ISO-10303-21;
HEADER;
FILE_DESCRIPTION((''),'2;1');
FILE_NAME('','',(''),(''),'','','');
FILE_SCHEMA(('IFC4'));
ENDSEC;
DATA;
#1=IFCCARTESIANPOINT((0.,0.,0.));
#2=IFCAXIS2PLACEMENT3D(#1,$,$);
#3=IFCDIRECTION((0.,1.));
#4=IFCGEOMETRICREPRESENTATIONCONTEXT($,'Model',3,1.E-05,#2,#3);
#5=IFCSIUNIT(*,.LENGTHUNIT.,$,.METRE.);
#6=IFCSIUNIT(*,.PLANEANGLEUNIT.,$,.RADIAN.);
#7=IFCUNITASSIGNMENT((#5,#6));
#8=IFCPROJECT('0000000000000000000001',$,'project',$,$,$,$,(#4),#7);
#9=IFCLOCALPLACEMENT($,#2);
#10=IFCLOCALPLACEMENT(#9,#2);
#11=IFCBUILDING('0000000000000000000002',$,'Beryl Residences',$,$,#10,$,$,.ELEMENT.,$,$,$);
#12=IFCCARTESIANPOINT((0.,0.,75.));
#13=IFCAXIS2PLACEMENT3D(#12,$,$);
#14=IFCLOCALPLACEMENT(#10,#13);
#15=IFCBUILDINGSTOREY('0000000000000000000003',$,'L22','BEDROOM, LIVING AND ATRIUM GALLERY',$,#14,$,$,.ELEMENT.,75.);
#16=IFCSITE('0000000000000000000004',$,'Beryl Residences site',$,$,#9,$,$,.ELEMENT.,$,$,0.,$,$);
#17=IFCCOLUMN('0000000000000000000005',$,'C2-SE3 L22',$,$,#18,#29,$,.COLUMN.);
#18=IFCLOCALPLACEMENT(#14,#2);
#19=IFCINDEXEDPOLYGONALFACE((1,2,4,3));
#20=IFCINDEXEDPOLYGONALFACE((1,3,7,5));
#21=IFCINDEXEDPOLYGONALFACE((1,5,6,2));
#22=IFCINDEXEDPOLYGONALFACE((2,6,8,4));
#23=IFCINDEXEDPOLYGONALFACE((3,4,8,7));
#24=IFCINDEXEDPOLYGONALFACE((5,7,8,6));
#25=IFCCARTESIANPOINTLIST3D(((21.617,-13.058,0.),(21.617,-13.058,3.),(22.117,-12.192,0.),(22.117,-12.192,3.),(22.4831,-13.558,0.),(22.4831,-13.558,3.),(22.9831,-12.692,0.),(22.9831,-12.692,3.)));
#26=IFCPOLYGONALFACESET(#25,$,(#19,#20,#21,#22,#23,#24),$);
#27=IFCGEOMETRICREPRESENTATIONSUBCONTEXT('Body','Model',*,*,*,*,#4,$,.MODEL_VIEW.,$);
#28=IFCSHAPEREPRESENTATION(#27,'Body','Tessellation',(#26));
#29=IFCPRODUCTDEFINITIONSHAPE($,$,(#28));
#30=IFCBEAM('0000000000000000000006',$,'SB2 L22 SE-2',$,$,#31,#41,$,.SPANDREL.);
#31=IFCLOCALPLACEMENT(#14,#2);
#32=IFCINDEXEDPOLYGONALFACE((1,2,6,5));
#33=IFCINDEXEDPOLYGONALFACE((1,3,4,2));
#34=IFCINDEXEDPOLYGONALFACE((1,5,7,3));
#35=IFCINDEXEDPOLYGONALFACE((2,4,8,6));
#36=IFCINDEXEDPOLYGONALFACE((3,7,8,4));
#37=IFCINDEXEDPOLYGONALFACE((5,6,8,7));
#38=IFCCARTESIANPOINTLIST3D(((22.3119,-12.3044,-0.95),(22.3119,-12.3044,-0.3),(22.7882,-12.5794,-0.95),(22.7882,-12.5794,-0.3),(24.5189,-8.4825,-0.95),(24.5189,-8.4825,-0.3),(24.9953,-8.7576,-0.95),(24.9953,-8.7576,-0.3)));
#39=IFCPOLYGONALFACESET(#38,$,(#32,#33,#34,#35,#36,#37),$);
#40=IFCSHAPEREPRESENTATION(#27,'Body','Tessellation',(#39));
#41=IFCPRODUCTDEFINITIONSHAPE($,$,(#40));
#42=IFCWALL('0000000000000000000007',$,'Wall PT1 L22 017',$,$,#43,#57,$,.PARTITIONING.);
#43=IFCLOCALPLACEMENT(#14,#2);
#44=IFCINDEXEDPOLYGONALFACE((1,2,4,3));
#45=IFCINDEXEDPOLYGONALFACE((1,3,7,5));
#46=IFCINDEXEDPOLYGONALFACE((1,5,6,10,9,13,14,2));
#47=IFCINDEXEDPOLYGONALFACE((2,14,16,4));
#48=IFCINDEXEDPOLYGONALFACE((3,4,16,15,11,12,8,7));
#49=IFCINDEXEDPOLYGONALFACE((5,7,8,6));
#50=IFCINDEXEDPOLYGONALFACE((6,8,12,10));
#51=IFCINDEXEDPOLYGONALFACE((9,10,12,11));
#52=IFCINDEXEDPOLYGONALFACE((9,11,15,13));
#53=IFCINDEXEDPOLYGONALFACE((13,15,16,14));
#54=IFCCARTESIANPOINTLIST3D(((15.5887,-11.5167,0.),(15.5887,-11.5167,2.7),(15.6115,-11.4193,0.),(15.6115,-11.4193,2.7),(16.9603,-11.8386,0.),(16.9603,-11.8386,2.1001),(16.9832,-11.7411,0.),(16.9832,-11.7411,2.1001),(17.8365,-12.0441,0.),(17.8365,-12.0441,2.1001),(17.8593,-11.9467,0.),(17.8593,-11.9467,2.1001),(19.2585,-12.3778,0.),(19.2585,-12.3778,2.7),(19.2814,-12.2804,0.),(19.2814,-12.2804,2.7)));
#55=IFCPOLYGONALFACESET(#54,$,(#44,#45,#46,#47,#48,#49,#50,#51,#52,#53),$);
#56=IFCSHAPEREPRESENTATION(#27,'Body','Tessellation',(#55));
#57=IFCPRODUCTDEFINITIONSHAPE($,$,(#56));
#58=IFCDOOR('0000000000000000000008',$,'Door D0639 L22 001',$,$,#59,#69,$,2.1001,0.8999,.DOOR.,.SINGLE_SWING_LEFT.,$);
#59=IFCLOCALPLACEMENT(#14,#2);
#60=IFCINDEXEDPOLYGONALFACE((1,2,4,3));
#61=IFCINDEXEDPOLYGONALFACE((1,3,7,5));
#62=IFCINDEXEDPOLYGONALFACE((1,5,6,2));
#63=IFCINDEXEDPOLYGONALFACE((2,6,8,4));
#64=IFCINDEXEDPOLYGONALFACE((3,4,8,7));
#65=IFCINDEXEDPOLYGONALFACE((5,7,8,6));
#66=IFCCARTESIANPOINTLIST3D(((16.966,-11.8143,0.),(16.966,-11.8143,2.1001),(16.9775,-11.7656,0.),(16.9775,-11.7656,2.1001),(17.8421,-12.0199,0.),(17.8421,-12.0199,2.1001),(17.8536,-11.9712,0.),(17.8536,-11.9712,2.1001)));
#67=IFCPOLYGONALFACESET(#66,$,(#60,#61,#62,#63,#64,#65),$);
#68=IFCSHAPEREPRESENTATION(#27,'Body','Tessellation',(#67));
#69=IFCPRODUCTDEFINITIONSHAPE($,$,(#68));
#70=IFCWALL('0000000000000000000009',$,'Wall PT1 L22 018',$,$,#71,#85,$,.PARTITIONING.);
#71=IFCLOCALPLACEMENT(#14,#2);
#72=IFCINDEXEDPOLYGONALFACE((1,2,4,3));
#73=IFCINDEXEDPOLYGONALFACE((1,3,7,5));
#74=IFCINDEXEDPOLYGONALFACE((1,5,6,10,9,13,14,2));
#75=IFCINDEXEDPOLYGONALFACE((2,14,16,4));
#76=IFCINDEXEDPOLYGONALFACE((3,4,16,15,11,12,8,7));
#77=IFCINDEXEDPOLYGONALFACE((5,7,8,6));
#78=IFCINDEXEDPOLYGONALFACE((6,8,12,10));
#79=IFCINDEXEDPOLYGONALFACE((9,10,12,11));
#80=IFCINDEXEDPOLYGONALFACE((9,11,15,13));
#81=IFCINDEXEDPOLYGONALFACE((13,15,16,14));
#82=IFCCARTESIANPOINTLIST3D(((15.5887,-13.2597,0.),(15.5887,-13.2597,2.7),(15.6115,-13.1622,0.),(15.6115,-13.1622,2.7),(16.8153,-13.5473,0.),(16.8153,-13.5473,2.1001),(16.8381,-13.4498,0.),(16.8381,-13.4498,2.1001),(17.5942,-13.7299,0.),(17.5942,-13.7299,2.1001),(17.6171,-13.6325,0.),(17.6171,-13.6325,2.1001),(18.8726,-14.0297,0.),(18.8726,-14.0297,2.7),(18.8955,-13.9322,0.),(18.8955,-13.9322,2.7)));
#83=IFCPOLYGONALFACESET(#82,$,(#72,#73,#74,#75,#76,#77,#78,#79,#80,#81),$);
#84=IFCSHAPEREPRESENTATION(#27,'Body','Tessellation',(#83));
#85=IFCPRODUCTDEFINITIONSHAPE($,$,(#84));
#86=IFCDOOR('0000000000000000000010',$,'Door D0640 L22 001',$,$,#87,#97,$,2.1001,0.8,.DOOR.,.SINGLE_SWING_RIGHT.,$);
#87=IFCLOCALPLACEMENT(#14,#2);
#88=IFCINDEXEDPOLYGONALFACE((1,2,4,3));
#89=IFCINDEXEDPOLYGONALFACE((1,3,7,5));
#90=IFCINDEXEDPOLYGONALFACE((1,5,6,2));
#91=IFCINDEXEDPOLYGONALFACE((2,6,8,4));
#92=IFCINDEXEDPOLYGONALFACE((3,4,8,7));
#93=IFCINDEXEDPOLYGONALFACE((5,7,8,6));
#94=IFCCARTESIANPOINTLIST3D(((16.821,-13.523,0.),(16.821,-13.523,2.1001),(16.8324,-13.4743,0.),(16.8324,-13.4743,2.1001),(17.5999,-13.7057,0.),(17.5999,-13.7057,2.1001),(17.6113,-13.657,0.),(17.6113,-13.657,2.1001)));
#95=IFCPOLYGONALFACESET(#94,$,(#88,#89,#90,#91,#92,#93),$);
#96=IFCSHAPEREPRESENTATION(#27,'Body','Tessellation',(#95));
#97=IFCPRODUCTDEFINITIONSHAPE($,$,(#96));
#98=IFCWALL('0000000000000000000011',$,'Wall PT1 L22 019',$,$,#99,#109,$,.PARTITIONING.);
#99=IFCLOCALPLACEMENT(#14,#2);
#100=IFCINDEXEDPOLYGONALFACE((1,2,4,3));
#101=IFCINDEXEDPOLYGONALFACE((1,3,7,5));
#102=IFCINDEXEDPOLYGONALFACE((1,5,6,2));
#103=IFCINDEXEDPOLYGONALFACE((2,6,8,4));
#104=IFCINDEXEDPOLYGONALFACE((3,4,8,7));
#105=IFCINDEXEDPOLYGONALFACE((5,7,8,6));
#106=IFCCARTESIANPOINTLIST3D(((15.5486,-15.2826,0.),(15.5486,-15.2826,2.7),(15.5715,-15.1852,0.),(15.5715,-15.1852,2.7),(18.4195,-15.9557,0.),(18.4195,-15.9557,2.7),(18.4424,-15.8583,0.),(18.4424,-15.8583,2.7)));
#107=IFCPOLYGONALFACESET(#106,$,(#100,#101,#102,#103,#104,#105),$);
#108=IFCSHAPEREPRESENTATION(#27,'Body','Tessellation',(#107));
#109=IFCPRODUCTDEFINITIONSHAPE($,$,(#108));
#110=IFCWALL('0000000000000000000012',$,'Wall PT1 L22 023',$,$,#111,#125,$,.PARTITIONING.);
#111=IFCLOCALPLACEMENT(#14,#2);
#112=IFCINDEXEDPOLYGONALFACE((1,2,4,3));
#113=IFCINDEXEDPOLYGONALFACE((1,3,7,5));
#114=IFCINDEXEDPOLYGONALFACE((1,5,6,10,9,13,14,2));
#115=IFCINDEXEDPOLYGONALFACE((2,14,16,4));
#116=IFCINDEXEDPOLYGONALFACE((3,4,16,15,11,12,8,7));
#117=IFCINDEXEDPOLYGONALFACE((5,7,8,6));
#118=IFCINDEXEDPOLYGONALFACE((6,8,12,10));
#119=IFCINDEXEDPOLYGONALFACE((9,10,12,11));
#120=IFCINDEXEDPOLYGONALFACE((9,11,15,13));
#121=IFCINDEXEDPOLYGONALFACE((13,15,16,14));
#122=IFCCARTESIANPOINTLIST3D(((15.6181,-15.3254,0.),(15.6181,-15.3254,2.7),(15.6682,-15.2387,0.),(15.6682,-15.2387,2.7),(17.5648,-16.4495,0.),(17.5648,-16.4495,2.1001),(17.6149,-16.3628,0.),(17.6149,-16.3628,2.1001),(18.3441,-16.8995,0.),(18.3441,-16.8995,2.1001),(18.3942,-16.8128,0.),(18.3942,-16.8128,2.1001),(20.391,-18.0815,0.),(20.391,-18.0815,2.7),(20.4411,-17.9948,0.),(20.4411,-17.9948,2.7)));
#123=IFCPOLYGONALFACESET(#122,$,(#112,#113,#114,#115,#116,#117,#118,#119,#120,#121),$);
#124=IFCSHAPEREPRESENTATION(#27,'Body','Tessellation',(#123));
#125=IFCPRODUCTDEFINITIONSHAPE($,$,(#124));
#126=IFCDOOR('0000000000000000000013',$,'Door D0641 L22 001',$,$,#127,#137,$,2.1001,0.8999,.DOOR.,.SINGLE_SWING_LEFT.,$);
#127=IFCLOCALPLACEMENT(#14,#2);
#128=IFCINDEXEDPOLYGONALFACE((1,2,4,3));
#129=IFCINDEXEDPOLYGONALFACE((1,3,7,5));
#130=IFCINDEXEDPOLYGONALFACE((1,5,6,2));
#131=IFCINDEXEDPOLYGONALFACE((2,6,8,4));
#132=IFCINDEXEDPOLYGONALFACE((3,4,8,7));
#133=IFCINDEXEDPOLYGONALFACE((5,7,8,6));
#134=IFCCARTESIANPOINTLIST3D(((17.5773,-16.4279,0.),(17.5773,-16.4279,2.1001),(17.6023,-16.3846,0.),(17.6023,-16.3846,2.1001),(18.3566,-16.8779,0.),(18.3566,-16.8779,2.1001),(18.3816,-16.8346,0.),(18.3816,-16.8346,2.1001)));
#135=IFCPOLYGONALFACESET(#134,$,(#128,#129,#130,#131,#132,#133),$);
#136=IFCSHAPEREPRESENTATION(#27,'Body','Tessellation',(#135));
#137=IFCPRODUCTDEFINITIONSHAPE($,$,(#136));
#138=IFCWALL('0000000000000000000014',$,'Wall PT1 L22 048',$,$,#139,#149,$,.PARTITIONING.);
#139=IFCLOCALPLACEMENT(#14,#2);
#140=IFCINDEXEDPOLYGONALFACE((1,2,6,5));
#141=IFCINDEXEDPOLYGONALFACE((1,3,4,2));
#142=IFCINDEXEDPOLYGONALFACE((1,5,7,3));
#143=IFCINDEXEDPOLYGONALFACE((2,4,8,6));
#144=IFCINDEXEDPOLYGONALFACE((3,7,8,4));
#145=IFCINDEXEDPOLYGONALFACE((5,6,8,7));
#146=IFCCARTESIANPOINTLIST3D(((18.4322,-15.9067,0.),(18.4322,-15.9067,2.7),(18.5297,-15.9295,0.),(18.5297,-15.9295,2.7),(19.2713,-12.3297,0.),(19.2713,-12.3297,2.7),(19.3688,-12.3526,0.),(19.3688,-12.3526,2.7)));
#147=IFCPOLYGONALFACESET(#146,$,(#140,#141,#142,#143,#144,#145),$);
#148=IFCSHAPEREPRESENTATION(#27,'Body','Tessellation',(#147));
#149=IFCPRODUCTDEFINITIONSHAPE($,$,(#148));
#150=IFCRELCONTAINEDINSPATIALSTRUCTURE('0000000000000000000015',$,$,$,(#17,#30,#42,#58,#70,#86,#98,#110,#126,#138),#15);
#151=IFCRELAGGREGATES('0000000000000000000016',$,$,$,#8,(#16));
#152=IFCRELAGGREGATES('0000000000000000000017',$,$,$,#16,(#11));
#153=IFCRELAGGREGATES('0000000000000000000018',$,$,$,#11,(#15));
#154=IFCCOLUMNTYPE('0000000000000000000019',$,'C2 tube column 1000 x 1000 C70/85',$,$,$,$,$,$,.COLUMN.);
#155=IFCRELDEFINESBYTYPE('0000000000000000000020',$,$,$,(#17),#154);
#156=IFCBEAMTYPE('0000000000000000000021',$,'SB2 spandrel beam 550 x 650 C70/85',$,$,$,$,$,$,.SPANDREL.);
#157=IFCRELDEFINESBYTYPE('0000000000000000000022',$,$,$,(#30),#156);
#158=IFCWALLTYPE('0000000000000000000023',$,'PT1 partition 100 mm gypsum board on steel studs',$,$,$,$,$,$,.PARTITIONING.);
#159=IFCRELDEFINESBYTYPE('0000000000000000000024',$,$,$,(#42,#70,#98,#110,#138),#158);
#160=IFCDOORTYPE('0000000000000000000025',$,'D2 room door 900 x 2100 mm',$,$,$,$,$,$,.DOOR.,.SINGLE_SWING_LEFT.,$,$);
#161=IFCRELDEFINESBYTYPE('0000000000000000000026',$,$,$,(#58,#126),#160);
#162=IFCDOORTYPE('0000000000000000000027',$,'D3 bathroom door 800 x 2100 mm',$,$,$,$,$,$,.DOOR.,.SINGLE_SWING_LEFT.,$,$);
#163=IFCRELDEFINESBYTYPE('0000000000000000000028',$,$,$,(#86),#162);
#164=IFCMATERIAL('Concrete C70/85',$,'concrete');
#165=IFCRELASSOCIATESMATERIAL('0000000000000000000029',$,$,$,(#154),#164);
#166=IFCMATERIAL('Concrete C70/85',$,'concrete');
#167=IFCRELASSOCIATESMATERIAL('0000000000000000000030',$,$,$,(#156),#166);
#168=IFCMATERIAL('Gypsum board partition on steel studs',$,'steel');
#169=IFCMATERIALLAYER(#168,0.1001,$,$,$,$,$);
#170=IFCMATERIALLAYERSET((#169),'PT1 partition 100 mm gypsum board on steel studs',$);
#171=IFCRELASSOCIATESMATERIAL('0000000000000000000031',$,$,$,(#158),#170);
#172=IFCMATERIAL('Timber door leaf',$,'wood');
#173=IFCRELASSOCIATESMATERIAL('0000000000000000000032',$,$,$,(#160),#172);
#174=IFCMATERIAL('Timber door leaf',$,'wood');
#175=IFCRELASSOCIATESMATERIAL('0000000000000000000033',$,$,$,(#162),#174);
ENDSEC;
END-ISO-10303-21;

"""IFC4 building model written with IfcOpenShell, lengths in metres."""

from ifc_helpers import new_model, si_unit, direction, frame, frame_2d, origin, origin_2d, place, context, subcontext, project, spatial, rectangle, extrude, material, layer, layer_set, material_profile, profile_set, type_object, element, fill, save


model = new_model("IFC4")

# Units and contexts
model_context = context("Model", 3, precision=1e-05, world=origin(), true_north=direction((0.0, 1.0)))
body_context = subcontext(model_context, "Body", "Model", "MODEL_VIEW")
ifc_project = project(units=[si_unit("LENGTHUNIT", "METRE"), si_unit("PLANEANGLEUNIT", "RADIAN")], contexts=[model_context])

# Site, building, storey
site_placement = place(None, origin())
site = spatial("IfcSite", under=ifc_project, at=site_placement, Name="Beryl Residences site", CompositionType="ELEMENT", RefElevation=0.0)
building_placement = place(site_placement, origin())
building = spatial("IfcBuilding", under=site, at=building_placement, Name="Beryl Residences", CompositionType="ELEMENT")
storey_placement = place(building_placement, frame((0.0, 0.0, 75.0)))
storey = spatial("IfcBuildingStorey", under=building, at=storey_placement, Name="L22", Description="BEDROOM, LIVING AND ATRIUM GALLERY", CompositionType="ELEMENT", Elevation=75.0)

# Column
ifc_material_1 = material(Name="Concrete C70/85", Category="concrete")
ifc_material_profile_1 = material_profile(ifc_material_1, rectangle(XDim=1.0, YDim=1.0, at=origin_2d()))
ifc_profile_set_1 = profile_set([ifc_material_profile_1], Name="Concrete C70/85")
column_type = type_object("IfcColumnType", Name="C2 tube column 1000 x 1000 C70/85", PredefinedType="COLUMN", material=ifc_profile_set_1)
column_placement = place(storey_placement, frame((22.3, -12.875, 0.0), z_axis=(0.0, 0.0, 1.0), x_axis=(0.5, 0.866025, 0.0)))
element("IfcColumn", 1, at=column_placement, inside=storey, type_object=column_type, Name="C2-SE3 L22", PredefinedType="COLUMN", context=body_context, shape_type="SweptSolid", body=[
    extrude(rectangle(XDim=1.0, YDim=1.0, at=origin_2d()), origin(), (0.0, 0.0, 1.0), 3.0),
])

# Beam
ifc_material_2 = material(Name="Concrete C70/85", Category="concrete")
ifc_material_profile_2 = material_profile(ifc_material_2, rectangle(XDim=0.55, YDim=0.6499, at=origin_2d()))
ifc_profile_set_2 = profile_set([ifc_material_profile_2], Name="Concrete C70/85")
beam_type = type_object("IfcBeamType", Name="SB2 spandrel beam 550 x 650 C70/85", PredefinedType="SPANDREL", material=ifc_profile_set_2)
beam_placement = place(storey_placement, frame((22.55, -12.4419, -0.625), z_axis=(0.50009, 0.865974, 0.0), x_axis=(-0.865974, 0.50009, 0.0)))
element("IfcBeam", 2, at=beam_placement, inside=storey, type_object=beam_type, Name="SB2 L22 SE-2", PredefinedType="SPANDREL", context=body_context, shape_type="SweptSolid", body=[
    extrude(rectangle(XDim=0.55, YDim=0.6499, at=origin_2d()), origin(), (0.0, 0.0, 1.0), 4.4133),
])

# Walls, openings, doors
ifc_material_3 = material(Name="Gypsum board partition on steel studs", Category="steel")
ifc_layer_1 = layer(ifc_material_3, 0.1001)
ifc_layer_set_1 = layer_set([ifc_layer_1], Name="PT1 partition 100 mm gypsum board on steel studs")
wall_type_1 = type_object("IfcWallType", Name="PT1 partition 100 mm gypsum board on steel studs", PredefinedType="PARTITIONING", material=ifc_layer_set_1)
wall_1_placement = place(storey_placement, frame((15.6001, -11.468, 0.0), z_axis=(0.0, 0.0, 1.0), x_axis=(0.973561, -0.228429, 0.0)))
wall_1 = element("IfcWall", 3, at=wall_1_placement, inside=storey, type_object=wall_type_1, Name="Wall PT1 L22 017", PredefinedType="PARTITIONING", context=body_context, shape_type="SweptSolid", body=[
    extrude(rectangle(XDim=3.7695, YDim=0.1001, at=frame_2d((1.8848, 0.0))), origin(), (0.0, 0.0, 1.0), 2.7),
])
opening_1_placement = place(wall_1_placement, frame((1.4089, 0.0, 0.0)))
opening_1 = element("IfcOpeningElement", 4, at=opening_1_placement, cuts=wall_1, PredefinedType="OPENING", context=body_context, shape_type="SweptSolid", body=[
    extrude(rectangle(XDim=0.8999, YDim=2.1001, at=frame_2d((0.45, 1.05))), frame((0.0, 0.0601, 0.0), z_axis=(0.0, -1.0, 0.0), x_axis=(1.0, 0.0, 0.0)), (0.0, 0.0, 1.0), 0.1201),
])
ifc_material_4 = material(Name="Timber door leaf", Category="wood")
door_type_1 = type_object("IfcDoorType", Name="D2 room door 900 x 2100 mm", OperationType="SINGLE_SWING_LEFT", PredefinedType="DOOR", material=ifc_material_4)
door_1_placement = place(opening_1_placement, origin())
door_1 = element("IfcDoor", 5, at=door_1_placement, inside=storey, type_object=door_type_1, Name="Door D0639 L22 001", OperationType="SINGLE_SWING_LEFT", OverallHeight=2.1001, OverallWidth=0.8999, PredefinedType="DOOR", context=body_context, shape_type="SweptSolid", body=[
    extrude(rectangle(XDim=0.8999, YDim=2.1001, at=frame_2d((0.45, 1.05))), frame((0.0, 0.0249, 0.0), z_axis=(0.0, -1.0, 0.0), x_axis=(1.0, 0.0, 0.0)), (0.0, 0.0, 1.0), 0.05),
])
fill(opening_1, door_1)
wall_2_placement = place(storey_placement, frame((15.6001, -13.2109, 0.0), z_axis=(0.0, 0.0, 1.0), x_axis=(0.973593, -0.228289, 0.0)))
wall_2 = element("IfcWall", 6, at=wall_2_placement, inside=storey, type_object=wall_type_1, Name="Wall PT1 L22 018", PredefinedType="PARTITIONING", context=body_context, shape_type="SweptSolid", body=[
    extrude(rectangle(XDim=3.373, YDim=0.1001, at=frame_2d((1.6865, 0.0))), origin(), (0.0, 0.0, 1.0), 2.7),
])
opening_2_placement = place(wall_2_placement, frame((1.26, 0.0, 0.0)))
opening_2 = element("IfcOpeningElement", 7, at=opening_2_placement, cuts=wall_2, PredefinedType="OPENING", context=body_context, shape_type="SweptSolid", body=[
    extrude(rectangle(XDim=0.8, YDim=2.1001, at=frame_2d((0.3999, 1.05))), frame((0.0, 0.0601, 0.0), z_axis=(0.0, -1.0, 0.0), x_axis=(1.0, 0.0, 0.0)), (0.0, 0.0, 1.0), 0.1201),
])
ifc_material_5 = material(Name="Timber door leaf", Category="wood")
door_type_2 = type_object("IfcDoorType", Name="D3 bathroom door 800 x 2100 mm", OperationType="SINGLE_SWING_LEFT", PredefinedType="DOOR", material=ifc_material_5)
door_2_placement = place(opening_2_placement, origin())
door_2 = element("IfcDoor", 8, at=door_2_placement, inside=storey, type_object=door_type_2, Name="Door D0640 L22 001", OperationType="SINGLE_SWING_RIGHT", OverallHeight=2.1001, OverallWidth=0.8, PredefinedType="DOOR", context=body_context, shape_type="SweptSolid", body=[
    extrude(rectangle(XDim=0.8, YDim=2.1001, at=frame_2d((0.3999, 1.05))), frame((0.0, 0.0249, 0.0), z_axis=(0.0, -1.0, 0.0), x_axis=(1.0, 0.0, 0.0)), (0.0, 0.0, 1.0), 0.05),
])
fill(opening_2, door_2)

# Wall
wall_3_placement = place(storey_placement, frame((15.5601, -15.2339, 0.0), z_axis=(0.0, 0.0, 1.0), x_axis=(0.973598, -0.228269, 0.0)))
element("IfcWall", 9, at=wall_3_placement, inside=storey, type_object=wall_type_1, Name="Wall PT1 L22 019", PredefinedType="PARTITIONING", context=body_context, shape_type="SweptSolid", body=[
    extrude(rectangle(XDim=2.9487, YDim=0.1001, at=frame_2d((1.4744, 0.0))), origin(), (0.0, 0.0, 1.0), 2.7),
])

# Wall, opening, door
wall_4_placement = place(storey_placement, frame((15.6431, -15.282, 0.0), z_axis=(0.0, 0.0, 1.0), x_axis=(0.865991, -0.50006, 0.0)))
wall_4 = element("IfcWall", 10, at=wall_4_placement, inside=storey, type_object=wall_type_1, Name="Wall PT1 L22 023", PredefinedType="PARTITIONING", context=body_context, shape_type="SweptSolid", body=[
    extrude(rectangle(XDim=5.5115, YDim=0.1001, at=frame_2d((2.7559, 0.0))), origin(), (0.0, 0.0, 1.0), 2.7),
])
opening_3_placement = place(wall_4_placement, frame((2.248, 0.0, 0.0)))
opening_3 = element("IfcOpeningElement", 11, at=opening_3_placement, cuts=wall_4, PredefinedType="OPENING", context=body_context, shape_type="SweptSolid", body=[
    extrude(rectangle(XDim=0.8999, YDim=2.1001, at=frame_2d((0.45, 1.05))), frame((0.0, 0.0601, 0.0), z_axis=(0.0, -1.0, 0.0), x_axis=(1.0, 0.0, 0.0)), (0.0, 0.0, 1.0), 0.1201),
])
door_3_placement = place(opening_3_placement, origin())
door_3 = element("IfcDoor", 12, at=door_3_placement, inside=storey, type_object=door_type_1, Name="Door D0641 L22 001", OperationType="SINGLE_SWING_LEFT", OverallHeight=2.1001, OverallWidth=0.8999, PredefinedType="DOOR", context=body_context, shape_type="SweptSolid", body=[
    extrude(rectangle(XDim=0.8999, YDim=2.1001, at=frame_2d((0.45, 1.05))), frame((0.0, 0.0249, 0.0), z_axis=(0.0, -1.0, 0.0), x_axis=(1.0, 0.0, 0.0)), (0.0, 0.0, 1.0), 0.05),
])
fill(opening_3, door_3)

# Wall
wall_5_placement = place(storey_placement, frame((18.481, -15.918, 0.0), z_axis=(0.0, 0.0, 1.0), x_axis=(0.228391, 0.973569, 0.0)))
element("IfcWall", 13, at=wall_5_placement, inside=storey, type_object=wall_type_1, Name="Wall PT1 L22 048", PredefinedType="PARTITIONING", context=body_context, shape_type="SweptSolid", body=[
    extrude(rectangle(XDim=3.6741, YDim=0.1001, at=frame_2d((1.8369, 0.0))), origin(), (0.0, 0.0, 1.0), 2.7),
])

save(model, "model.ifc")
